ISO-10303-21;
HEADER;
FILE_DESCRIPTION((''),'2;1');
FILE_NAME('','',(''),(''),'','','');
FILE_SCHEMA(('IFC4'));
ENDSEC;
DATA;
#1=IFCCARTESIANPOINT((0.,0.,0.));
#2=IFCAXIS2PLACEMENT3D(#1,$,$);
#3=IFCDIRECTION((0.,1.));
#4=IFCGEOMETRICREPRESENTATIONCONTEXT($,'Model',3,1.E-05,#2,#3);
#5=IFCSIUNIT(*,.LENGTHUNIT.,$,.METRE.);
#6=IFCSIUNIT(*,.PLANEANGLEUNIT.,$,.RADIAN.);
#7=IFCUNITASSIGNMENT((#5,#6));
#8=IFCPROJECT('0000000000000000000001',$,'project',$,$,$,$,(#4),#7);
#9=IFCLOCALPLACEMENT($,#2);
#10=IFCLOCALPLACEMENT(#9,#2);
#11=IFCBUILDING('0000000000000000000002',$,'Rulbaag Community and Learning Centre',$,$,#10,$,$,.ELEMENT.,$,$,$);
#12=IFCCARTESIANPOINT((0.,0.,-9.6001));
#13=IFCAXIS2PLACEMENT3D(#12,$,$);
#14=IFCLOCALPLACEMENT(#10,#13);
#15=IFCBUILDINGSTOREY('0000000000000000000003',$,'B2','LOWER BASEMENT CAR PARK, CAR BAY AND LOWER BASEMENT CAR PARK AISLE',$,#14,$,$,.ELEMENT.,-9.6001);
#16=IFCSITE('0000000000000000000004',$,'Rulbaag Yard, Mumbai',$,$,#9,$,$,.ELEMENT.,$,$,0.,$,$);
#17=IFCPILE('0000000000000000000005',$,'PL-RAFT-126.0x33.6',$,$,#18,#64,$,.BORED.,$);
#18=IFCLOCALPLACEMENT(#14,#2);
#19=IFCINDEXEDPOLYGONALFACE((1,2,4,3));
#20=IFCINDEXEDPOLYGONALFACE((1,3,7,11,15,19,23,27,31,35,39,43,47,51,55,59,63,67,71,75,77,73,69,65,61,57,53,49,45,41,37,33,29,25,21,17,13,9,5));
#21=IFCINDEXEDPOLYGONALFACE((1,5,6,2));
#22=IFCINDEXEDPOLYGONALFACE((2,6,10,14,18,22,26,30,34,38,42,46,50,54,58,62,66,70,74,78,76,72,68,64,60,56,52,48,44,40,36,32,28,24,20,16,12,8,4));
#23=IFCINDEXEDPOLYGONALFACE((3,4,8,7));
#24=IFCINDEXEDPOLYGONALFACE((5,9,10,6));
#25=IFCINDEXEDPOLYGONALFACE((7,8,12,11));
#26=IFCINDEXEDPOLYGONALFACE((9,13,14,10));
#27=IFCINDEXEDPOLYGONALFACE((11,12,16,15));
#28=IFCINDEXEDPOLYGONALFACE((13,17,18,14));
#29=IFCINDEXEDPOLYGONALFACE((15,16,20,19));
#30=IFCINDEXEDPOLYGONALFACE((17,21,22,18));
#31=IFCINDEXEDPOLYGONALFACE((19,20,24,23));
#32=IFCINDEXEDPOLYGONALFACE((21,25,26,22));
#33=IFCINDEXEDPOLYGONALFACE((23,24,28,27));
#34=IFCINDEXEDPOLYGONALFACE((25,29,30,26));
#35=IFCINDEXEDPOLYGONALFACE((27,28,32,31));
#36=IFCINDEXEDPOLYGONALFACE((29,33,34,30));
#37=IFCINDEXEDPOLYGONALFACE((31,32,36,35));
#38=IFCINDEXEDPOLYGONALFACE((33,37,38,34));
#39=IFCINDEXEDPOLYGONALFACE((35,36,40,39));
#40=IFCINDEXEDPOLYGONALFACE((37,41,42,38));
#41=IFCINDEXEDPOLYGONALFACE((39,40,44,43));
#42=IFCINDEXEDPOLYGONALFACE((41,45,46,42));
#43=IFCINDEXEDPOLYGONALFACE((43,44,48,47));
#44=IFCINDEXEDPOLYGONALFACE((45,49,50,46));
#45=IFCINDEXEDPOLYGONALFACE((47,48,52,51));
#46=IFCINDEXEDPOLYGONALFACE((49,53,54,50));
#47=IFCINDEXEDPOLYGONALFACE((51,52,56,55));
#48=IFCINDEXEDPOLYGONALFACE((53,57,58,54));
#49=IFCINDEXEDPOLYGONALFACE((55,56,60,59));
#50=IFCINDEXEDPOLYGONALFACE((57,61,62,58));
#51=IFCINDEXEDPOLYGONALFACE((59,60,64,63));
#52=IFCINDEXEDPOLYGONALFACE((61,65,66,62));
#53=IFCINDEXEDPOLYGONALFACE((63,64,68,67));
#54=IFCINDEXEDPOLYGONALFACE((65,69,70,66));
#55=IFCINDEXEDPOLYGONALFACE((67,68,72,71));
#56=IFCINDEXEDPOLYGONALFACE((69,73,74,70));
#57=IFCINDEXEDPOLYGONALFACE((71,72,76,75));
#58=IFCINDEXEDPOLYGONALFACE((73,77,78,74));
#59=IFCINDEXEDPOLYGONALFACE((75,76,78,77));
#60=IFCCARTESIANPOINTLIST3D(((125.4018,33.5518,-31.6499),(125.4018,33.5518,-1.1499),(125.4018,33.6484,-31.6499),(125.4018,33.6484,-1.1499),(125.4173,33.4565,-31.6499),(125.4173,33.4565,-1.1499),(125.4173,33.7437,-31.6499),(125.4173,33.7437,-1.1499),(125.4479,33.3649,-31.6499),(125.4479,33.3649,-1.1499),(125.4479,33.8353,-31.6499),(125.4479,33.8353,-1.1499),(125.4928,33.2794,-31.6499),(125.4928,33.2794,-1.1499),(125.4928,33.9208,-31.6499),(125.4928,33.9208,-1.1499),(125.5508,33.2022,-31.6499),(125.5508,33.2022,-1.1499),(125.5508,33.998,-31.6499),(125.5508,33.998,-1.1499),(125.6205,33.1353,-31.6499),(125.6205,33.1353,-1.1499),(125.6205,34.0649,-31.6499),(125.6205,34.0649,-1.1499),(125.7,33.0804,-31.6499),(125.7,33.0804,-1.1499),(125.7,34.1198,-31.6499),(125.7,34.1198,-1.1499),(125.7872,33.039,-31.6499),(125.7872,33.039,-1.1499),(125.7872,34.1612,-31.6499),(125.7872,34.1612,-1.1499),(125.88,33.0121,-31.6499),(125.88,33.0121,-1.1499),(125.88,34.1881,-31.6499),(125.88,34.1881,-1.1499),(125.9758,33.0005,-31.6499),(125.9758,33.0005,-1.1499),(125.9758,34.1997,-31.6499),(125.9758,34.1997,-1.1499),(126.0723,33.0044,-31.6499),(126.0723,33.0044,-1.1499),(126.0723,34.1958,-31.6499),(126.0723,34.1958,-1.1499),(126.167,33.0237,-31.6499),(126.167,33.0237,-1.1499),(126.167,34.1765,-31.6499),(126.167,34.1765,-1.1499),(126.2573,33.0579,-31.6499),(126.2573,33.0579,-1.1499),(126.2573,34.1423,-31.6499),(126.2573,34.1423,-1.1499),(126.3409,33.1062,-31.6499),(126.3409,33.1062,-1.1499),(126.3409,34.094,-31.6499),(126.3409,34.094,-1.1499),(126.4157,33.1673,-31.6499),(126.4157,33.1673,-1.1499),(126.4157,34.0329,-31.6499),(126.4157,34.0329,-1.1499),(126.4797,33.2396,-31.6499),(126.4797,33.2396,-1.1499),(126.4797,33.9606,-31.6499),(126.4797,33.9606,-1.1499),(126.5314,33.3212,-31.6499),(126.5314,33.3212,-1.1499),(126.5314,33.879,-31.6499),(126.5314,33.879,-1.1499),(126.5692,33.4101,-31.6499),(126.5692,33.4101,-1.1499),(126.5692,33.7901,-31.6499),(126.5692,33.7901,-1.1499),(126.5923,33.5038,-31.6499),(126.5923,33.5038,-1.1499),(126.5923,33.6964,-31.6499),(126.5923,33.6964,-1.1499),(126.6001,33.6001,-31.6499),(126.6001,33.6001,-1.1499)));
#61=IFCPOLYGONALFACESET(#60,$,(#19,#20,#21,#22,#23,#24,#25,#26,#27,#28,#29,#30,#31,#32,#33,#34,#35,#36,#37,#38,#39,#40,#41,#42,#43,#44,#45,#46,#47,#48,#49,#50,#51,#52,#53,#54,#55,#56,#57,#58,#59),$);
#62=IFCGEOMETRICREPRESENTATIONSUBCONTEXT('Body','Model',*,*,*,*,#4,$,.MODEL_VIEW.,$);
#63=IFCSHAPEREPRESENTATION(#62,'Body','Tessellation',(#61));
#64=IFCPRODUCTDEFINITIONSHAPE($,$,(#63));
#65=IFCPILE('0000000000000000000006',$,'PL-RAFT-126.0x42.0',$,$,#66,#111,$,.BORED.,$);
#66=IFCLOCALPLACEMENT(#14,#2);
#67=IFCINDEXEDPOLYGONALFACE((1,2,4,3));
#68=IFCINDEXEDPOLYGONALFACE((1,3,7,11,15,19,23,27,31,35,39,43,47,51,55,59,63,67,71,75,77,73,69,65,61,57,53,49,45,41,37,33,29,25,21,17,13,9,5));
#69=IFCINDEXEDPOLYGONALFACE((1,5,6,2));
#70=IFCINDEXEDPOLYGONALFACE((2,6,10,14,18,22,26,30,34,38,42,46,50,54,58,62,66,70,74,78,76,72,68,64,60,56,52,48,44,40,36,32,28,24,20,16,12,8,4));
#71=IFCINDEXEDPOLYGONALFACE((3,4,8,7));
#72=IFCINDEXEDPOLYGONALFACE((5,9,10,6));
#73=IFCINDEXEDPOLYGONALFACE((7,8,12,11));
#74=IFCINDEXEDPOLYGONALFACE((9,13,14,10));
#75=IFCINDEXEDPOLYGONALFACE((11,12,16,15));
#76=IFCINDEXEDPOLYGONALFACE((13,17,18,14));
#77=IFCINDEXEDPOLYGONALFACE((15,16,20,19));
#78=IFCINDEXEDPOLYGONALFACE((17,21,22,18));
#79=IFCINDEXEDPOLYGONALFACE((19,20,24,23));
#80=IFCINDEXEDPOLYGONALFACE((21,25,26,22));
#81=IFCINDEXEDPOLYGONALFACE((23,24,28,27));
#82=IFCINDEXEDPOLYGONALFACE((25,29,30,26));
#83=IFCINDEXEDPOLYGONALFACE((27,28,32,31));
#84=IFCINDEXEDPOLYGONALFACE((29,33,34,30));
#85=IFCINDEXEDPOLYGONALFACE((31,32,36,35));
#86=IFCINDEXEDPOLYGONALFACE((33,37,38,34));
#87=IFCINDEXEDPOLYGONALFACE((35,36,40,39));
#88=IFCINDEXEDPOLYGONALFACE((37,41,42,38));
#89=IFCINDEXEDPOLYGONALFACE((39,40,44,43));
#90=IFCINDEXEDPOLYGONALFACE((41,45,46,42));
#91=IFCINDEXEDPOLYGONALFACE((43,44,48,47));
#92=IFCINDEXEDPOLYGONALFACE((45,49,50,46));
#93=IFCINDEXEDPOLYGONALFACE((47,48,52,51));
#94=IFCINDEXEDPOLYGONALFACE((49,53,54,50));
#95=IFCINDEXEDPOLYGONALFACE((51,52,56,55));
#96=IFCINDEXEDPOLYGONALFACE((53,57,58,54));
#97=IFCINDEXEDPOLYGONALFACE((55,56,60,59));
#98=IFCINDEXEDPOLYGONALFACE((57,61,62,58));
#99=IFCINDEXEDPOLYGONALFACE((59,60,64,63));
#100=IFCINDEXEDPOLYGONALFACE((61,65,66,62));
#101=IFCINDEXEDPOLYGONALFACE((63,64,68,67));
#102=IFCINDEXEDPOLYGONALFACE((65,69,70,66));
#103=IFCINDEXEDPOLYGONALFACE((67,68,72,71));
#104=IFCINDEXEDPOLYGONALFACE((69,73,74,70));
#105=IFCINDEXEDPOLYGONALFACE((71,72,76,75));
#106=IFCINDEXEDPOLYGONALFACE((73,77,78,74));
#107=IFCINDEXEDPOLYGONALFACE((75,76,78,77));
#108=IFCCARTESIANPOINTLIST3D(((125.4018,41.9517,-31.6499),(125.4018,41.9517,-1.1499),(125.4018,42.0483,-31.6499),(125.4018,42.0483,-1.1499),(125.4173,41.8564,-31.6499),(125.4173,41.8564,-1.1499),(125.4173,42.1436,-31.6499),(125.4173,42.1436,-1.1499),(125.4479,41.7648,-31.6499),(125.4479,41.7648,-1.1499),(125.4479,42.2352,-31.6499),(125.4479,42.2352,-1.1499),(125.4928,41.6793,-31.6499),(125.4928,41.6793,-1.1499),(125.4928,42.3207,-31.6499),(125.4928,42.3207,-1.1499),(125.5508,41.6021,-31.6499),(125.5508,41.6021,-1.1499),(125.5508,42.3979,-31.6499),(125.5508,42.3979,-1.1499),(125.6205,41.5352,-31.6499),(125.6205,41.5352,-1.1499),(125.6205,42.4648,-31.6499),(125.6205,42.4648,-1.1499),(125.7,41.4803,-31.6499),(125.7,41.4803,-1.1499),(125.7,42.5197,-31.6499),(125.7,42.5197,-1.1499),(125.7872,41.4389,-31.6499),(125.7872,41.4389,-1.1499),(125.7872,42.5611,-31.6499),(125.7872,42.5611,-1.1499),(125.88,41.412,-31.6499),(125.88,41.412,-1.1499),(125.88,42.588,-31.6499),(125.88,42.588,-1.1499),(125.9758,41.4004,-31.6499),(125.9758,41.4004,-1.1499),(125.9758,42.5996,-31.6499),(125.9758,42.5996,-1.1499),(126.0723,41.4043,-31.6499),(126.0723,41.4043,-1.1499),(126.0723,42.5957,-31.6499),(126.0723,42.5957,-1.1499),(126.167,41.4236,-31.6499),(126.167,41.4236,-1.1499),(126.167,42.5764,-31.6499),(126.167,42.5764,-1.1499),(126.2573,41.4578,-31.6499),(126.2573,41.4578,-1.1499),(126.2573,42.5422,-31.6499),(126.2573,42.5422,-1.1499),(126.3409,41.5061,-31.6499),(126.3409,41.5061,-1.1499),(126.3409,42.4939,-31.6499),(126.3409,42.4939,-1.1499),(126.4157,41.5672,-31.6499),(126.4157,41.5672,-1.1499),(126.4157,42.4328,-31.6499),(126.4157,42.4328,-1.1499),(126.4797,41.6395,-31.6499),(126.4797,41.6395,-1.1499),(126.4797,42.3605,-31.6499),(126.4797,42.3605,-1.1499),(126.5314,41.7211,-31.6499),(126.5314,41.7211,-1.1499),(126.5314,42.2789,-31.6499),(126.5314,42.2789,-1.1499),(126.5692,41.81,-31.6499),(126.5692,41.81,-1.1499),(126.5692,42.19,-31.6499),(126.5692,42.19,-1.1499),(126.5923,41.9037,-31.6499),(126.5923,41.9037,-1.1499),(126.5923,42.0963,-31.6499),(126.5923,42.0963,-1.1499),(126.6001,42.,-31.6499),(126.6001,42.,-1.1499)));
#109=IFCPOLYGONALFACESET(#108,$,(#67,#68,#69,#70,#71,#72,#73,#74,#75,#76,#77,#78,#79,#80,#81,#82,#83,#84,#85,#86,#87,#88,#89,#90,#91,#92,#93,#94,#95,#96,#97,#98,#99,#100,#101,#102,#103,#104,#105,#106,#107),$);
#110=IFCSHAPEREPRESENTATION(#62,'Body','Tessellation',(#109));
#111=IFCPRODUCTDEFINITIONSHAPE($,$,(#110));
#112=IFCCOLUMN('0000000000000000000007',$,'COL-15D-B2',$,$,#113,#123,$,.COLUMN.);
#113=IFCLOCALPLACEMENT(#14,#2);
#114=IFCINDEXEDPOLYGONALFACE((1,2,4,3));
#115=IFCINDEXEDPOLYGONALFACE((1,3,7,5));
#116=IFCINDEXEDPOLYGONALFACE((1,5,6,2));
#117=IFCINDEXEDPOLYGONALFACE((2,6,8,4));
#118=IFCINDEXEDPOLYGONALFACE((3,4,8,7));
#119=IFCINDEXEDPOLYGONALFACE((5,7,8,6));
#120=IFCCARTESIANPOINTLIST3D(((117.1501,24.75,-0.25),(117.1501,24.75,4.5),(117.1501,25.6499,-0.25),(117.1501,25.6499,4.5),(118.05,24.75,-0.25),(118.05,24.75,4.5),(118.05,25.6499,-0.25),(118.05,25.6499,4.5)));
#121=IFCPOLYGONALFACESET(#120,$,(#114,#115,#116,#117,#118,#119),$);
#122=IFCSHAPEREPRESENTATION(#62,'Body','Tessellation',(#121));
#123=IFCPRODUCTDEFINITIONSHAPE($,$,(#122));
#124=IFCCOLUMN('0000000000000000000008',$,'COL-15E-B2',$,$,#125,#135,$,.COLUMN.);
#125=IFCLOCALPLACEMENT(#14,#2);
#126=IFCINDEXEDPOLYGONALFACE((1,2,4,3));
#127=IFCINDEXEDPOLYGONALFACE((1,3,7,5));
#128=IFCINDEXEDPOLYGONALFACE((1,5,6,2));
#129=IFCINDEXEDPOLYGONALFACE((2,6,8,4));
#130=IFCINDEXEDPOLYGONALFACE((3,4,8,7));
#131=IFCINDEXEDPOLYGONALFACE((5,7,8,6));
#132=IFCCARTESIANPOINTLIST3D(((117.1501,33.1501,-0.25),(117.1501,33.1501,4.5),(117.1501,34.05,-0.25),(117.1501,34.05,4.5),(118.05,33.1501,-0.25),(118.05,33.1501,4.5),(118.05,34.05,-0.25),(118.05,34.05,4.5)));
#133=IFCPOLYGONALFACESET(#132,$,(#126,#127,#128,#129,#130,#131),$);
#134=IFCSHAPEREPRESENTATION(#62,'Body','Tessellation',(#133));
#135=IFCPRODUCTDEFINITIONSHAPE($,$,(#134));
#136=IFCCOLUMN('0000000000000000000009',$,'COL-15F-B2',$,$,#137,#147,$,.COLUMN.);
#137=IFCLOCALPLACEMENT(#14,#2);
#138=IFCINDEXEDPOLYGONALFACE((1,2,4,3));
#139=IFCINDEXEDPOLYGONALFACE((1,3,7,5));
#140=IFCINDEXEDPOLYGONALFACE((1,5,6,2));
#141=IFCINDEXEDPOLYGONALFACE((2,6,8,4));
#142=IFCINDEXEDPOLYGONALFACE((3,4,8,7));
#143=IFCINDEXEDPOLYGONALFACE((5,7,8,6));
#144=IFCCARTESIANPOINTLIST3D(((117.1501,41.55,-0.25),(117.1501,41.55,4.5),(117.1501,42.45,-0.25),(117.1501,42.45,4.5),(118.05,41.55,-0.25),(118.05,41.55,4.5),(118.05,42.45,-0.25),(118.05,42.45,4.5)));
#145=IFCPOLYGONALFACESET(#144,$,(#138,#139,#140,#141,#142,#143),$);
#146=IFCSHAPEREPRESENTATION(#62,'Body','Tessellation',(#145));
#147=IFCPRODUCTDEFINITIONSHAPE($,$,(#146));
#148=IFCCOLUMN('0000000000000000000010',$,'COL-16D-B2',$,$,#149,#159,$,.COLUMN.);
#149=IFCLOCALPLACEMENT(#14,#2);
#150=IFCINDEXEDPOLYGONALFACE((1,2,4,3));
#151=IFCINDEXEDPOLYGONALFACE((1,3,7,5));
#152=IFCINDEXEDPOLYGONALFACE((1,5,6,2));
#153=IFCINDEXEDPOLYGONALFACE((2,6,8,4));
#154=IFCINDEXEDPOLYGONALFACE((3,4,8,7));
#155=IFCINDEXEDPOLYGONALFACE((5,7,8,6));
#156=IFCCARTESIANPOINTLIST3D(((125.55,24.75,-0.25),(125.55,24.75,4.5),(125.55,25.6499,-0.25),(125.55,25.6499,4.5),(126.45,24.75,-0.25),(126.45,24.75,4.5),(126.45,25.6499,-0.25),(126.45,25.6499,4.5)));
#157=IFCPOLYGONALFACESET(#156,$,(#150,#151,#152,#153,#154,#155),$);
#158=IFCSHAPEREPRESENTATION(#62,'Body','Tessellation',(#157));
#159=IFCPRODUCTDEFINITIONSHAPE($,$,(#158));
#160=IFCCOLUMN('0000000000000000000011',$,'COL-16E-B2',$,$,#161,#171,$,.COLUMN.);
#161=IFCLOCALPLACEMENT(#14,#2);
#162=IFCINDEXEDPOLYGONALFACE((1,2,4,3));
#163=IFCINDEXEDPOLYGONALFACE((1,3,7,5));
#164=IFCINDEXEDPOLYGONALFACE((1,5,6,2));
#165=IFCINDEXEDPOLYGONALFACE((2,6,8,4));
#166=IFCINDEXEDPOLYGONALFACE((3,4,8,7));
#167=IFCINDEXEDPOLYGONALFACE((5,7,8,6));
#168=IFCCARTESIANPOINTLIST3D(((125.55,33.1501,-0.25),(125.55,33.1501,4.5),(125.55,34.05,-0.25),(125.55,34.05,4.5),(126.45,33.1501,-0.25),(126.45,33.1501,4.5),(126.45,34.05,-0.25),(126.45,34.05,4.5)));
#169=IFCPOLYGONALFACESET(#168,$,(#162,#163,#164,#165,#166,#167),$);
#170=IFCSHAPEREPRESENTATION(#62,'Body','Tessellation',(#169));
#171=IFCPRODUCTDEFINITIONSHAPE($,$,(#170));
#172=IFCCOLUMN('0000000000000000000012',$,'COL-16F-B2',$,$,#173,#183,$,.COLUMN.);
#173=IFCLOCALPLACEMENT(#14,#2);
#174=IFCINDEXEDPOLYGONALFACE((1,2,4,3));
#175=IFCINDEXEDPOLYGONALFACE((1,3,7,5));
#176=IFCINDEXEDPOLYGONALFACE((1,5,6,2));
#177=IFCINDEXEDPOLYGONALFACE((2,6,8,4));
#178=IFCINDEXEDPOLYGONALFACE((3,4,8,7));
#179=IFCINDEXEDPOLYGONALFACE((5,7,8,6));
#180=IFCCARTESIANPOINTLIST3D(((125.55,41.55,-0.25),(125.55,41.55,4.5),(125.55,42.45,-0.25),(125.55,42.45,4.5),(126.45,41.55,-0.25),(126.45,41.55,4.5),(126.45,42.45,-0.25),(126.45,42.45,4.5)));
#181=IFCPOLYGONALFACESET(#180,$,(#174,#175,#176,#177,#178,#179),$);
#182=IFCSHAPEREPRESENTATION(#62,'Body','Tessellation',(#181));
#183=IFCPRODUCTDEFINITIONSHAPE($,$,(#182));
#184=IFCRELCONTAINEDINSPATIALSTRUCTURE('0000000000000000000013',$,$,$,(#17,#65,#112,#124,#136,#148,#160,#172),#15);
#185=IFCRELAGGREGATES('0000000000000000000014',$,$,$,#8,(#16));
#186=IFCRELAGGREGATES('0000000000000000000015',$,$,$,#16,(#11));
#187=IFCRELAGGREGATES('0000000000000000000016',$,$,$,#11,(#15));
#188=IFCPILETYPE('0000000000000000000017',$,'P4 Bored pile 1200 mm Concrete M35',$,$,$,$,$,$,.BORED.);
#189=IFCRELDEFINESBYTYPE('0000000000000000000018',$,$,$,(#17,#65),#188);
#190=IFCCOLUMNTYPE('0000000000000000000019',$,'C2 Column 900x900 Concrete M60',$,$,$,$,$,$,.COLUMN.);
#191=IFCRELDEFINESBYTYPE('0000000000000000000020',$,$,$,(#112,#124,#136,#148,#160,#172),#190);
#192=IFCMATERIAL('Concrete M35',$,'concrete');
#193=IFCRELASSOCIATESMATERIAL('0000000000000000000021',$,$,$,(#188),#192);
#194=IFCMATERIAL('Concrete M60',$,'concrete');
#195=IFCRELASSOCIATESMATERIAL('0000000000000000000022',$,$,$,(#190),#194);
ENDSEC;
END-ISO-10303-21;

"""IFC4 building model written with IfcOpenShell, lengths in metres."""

from ifc_helpers import new_model, si_unit, direction, frame, origin, origin_2d, place, context, subcontext, project, spatial, rectangle, circle, extrude, material, material_profile, profile_set, type_object, element, save


model = new_model("IFC4")

# Units and contexts
model_context = context("Model", 3, precision=1e-05, world=origin(), true_north=direction((0.0, 1.0)))
body_context = subcontext(model_context, "Body", "Model", "MODEL_VIEW")
ifc_project = project(units=[si_unit("LENGTHUNIT", "METRE"), si_unit("PLANEANGLEUNIT", "RADIAN")], contexts=[model_context])

# Site, building, storey
site_placement = place(None, origin())
site = spatial("IfcSite", under=ifc_project, at=site_placement, Name="Rulbaag Yard, Mumbai", CompositionType="ELEMENT", RefElevation=0.0)
building_placement = place(site_placement, origin())
building = spatial("IfcBuilding", under=site, at=building_placement, Name="Rulbaag Community and Learning Centre", CompositionType="ELEMENT")
storey_placement = place(building_placement, frame((0.0, 0.0, -9.6001)))
storey = spatial("IfcBuildingStorey", under=building, at=storey_placement, Name="B2", Description="LOWER BASEMENT CAR PARK, CAR BAY AND LOWER BASEMENT CAR PARK AISLE", CompositionType="ELEMENT", Elevation=-9.6001)

# Piles
ifc_material_1 = material(Name="Concrete M35", Category="concrete")
ifc_material_profile_1 = material_profile(ifc_material_1, circle(Radius=0.6001, at=origin_2d()), Name="BP1200")
ifc_profile_set_1 = profile_set([ifc_material_profile_1], Name="Concrete M35")
pile_type_1 = type_object("IfcPileType", Name="P4 Bored pile 1200 mm Concrete M35", PredefinedType="BORED", material=ifc_profile_set_1)
for number, where, z_axis, x_axis, name in (
    (1, (126.0, 33.6001, -1.1499), (0.0, 0.0, -1.0), (1.0, 0.0, 0.0), "PL-RAFT-126.0x33.6"),
    (2, (126.0, 42.0, -1.1499), (0.0, 0.0, -1.0), (1.0, 0.0, 0.0), "PL-RAFT-126.0x42.0"),
):
    element("IfcPile", number, at=place(storey_placement, frame(where, z_axis=z_axis, x_axis=x_axis)), inside=storey, type_object=pile_type_1, Name=name, PredefinedType="BORED", context=body_context, shape_type="SweptSolid", body=[
        extrude(circle(Radius=0.6001, at=origin_2d()), origin(), (0.0, 0.0, 1.0), 30.5),
    ])

# Columns
ifc_material_2 = material(Name="Concrete M60", Category="concrete")
ifc_material_profile_2 = material_profile(ifc_material_2, rectangle(XDim=0.8999, YDim=0.8999, at=origin_2d()), Name="RC900x900")
ifc_profile_set_2 = profile_set([ifc_material_profile_2], Name="Concrete M60")
column_type = type_object("IfcColumnType", Name="C2 Column 900x900 Concrete M60", PredefinedType="COLUMN", material=ifc_profile_set_2)
for number, where, z_axis, x_axis, name in (
    (3, (117.6001, 25.2, -0.25), (0.0, 0.0, 1.0), (1.0, 0.0, 0.0), "COL-15D-B2"),
    (4, (117.6001, 33.6001, -0.25), (0.0, 0.0, 1.0), (1.0, 0.0, 0.0), "COL-15E-B2"),
    (5, (117.6001, 42.0, -0.25), (0.0, 0.0, 1.0), (1.0, 0.0, 0.0), "COL-15F-B2"),
    (6, (126.0, 25.2, -0.25), (0.0, 0.0, 1.0), (1.0, 0.0, 0.0), "COL-16D-B2"),
    (7, (126.0, 33.6001, -0.25), (0.0, 0.0, 1.0), (1.0, 0.0, 0.0), "COL-16E-B2"),
    (8, (126.0, 42.0, -0.25), (0.0, 0.0, 1.0), (1.0, 0.0, 0.0), "COL-16F-B2"),
):
    element("IfcColumn", number, at=place(storey_placement, frame(where, z_axis=z_axis, x_axis=x_axis)), inside=storey, type_object=column_type, Name=name, PredefinedType="COLUMN", context=body_context, shape_type="SweptSolid", body=[
        extrude(rectangle(XDim=0.8999, YDim=0.8999, at=origin_2d()), origin(), (0.0, 0.0, 1.0), 4.75),
    ])

save(model, "model.ifc")
